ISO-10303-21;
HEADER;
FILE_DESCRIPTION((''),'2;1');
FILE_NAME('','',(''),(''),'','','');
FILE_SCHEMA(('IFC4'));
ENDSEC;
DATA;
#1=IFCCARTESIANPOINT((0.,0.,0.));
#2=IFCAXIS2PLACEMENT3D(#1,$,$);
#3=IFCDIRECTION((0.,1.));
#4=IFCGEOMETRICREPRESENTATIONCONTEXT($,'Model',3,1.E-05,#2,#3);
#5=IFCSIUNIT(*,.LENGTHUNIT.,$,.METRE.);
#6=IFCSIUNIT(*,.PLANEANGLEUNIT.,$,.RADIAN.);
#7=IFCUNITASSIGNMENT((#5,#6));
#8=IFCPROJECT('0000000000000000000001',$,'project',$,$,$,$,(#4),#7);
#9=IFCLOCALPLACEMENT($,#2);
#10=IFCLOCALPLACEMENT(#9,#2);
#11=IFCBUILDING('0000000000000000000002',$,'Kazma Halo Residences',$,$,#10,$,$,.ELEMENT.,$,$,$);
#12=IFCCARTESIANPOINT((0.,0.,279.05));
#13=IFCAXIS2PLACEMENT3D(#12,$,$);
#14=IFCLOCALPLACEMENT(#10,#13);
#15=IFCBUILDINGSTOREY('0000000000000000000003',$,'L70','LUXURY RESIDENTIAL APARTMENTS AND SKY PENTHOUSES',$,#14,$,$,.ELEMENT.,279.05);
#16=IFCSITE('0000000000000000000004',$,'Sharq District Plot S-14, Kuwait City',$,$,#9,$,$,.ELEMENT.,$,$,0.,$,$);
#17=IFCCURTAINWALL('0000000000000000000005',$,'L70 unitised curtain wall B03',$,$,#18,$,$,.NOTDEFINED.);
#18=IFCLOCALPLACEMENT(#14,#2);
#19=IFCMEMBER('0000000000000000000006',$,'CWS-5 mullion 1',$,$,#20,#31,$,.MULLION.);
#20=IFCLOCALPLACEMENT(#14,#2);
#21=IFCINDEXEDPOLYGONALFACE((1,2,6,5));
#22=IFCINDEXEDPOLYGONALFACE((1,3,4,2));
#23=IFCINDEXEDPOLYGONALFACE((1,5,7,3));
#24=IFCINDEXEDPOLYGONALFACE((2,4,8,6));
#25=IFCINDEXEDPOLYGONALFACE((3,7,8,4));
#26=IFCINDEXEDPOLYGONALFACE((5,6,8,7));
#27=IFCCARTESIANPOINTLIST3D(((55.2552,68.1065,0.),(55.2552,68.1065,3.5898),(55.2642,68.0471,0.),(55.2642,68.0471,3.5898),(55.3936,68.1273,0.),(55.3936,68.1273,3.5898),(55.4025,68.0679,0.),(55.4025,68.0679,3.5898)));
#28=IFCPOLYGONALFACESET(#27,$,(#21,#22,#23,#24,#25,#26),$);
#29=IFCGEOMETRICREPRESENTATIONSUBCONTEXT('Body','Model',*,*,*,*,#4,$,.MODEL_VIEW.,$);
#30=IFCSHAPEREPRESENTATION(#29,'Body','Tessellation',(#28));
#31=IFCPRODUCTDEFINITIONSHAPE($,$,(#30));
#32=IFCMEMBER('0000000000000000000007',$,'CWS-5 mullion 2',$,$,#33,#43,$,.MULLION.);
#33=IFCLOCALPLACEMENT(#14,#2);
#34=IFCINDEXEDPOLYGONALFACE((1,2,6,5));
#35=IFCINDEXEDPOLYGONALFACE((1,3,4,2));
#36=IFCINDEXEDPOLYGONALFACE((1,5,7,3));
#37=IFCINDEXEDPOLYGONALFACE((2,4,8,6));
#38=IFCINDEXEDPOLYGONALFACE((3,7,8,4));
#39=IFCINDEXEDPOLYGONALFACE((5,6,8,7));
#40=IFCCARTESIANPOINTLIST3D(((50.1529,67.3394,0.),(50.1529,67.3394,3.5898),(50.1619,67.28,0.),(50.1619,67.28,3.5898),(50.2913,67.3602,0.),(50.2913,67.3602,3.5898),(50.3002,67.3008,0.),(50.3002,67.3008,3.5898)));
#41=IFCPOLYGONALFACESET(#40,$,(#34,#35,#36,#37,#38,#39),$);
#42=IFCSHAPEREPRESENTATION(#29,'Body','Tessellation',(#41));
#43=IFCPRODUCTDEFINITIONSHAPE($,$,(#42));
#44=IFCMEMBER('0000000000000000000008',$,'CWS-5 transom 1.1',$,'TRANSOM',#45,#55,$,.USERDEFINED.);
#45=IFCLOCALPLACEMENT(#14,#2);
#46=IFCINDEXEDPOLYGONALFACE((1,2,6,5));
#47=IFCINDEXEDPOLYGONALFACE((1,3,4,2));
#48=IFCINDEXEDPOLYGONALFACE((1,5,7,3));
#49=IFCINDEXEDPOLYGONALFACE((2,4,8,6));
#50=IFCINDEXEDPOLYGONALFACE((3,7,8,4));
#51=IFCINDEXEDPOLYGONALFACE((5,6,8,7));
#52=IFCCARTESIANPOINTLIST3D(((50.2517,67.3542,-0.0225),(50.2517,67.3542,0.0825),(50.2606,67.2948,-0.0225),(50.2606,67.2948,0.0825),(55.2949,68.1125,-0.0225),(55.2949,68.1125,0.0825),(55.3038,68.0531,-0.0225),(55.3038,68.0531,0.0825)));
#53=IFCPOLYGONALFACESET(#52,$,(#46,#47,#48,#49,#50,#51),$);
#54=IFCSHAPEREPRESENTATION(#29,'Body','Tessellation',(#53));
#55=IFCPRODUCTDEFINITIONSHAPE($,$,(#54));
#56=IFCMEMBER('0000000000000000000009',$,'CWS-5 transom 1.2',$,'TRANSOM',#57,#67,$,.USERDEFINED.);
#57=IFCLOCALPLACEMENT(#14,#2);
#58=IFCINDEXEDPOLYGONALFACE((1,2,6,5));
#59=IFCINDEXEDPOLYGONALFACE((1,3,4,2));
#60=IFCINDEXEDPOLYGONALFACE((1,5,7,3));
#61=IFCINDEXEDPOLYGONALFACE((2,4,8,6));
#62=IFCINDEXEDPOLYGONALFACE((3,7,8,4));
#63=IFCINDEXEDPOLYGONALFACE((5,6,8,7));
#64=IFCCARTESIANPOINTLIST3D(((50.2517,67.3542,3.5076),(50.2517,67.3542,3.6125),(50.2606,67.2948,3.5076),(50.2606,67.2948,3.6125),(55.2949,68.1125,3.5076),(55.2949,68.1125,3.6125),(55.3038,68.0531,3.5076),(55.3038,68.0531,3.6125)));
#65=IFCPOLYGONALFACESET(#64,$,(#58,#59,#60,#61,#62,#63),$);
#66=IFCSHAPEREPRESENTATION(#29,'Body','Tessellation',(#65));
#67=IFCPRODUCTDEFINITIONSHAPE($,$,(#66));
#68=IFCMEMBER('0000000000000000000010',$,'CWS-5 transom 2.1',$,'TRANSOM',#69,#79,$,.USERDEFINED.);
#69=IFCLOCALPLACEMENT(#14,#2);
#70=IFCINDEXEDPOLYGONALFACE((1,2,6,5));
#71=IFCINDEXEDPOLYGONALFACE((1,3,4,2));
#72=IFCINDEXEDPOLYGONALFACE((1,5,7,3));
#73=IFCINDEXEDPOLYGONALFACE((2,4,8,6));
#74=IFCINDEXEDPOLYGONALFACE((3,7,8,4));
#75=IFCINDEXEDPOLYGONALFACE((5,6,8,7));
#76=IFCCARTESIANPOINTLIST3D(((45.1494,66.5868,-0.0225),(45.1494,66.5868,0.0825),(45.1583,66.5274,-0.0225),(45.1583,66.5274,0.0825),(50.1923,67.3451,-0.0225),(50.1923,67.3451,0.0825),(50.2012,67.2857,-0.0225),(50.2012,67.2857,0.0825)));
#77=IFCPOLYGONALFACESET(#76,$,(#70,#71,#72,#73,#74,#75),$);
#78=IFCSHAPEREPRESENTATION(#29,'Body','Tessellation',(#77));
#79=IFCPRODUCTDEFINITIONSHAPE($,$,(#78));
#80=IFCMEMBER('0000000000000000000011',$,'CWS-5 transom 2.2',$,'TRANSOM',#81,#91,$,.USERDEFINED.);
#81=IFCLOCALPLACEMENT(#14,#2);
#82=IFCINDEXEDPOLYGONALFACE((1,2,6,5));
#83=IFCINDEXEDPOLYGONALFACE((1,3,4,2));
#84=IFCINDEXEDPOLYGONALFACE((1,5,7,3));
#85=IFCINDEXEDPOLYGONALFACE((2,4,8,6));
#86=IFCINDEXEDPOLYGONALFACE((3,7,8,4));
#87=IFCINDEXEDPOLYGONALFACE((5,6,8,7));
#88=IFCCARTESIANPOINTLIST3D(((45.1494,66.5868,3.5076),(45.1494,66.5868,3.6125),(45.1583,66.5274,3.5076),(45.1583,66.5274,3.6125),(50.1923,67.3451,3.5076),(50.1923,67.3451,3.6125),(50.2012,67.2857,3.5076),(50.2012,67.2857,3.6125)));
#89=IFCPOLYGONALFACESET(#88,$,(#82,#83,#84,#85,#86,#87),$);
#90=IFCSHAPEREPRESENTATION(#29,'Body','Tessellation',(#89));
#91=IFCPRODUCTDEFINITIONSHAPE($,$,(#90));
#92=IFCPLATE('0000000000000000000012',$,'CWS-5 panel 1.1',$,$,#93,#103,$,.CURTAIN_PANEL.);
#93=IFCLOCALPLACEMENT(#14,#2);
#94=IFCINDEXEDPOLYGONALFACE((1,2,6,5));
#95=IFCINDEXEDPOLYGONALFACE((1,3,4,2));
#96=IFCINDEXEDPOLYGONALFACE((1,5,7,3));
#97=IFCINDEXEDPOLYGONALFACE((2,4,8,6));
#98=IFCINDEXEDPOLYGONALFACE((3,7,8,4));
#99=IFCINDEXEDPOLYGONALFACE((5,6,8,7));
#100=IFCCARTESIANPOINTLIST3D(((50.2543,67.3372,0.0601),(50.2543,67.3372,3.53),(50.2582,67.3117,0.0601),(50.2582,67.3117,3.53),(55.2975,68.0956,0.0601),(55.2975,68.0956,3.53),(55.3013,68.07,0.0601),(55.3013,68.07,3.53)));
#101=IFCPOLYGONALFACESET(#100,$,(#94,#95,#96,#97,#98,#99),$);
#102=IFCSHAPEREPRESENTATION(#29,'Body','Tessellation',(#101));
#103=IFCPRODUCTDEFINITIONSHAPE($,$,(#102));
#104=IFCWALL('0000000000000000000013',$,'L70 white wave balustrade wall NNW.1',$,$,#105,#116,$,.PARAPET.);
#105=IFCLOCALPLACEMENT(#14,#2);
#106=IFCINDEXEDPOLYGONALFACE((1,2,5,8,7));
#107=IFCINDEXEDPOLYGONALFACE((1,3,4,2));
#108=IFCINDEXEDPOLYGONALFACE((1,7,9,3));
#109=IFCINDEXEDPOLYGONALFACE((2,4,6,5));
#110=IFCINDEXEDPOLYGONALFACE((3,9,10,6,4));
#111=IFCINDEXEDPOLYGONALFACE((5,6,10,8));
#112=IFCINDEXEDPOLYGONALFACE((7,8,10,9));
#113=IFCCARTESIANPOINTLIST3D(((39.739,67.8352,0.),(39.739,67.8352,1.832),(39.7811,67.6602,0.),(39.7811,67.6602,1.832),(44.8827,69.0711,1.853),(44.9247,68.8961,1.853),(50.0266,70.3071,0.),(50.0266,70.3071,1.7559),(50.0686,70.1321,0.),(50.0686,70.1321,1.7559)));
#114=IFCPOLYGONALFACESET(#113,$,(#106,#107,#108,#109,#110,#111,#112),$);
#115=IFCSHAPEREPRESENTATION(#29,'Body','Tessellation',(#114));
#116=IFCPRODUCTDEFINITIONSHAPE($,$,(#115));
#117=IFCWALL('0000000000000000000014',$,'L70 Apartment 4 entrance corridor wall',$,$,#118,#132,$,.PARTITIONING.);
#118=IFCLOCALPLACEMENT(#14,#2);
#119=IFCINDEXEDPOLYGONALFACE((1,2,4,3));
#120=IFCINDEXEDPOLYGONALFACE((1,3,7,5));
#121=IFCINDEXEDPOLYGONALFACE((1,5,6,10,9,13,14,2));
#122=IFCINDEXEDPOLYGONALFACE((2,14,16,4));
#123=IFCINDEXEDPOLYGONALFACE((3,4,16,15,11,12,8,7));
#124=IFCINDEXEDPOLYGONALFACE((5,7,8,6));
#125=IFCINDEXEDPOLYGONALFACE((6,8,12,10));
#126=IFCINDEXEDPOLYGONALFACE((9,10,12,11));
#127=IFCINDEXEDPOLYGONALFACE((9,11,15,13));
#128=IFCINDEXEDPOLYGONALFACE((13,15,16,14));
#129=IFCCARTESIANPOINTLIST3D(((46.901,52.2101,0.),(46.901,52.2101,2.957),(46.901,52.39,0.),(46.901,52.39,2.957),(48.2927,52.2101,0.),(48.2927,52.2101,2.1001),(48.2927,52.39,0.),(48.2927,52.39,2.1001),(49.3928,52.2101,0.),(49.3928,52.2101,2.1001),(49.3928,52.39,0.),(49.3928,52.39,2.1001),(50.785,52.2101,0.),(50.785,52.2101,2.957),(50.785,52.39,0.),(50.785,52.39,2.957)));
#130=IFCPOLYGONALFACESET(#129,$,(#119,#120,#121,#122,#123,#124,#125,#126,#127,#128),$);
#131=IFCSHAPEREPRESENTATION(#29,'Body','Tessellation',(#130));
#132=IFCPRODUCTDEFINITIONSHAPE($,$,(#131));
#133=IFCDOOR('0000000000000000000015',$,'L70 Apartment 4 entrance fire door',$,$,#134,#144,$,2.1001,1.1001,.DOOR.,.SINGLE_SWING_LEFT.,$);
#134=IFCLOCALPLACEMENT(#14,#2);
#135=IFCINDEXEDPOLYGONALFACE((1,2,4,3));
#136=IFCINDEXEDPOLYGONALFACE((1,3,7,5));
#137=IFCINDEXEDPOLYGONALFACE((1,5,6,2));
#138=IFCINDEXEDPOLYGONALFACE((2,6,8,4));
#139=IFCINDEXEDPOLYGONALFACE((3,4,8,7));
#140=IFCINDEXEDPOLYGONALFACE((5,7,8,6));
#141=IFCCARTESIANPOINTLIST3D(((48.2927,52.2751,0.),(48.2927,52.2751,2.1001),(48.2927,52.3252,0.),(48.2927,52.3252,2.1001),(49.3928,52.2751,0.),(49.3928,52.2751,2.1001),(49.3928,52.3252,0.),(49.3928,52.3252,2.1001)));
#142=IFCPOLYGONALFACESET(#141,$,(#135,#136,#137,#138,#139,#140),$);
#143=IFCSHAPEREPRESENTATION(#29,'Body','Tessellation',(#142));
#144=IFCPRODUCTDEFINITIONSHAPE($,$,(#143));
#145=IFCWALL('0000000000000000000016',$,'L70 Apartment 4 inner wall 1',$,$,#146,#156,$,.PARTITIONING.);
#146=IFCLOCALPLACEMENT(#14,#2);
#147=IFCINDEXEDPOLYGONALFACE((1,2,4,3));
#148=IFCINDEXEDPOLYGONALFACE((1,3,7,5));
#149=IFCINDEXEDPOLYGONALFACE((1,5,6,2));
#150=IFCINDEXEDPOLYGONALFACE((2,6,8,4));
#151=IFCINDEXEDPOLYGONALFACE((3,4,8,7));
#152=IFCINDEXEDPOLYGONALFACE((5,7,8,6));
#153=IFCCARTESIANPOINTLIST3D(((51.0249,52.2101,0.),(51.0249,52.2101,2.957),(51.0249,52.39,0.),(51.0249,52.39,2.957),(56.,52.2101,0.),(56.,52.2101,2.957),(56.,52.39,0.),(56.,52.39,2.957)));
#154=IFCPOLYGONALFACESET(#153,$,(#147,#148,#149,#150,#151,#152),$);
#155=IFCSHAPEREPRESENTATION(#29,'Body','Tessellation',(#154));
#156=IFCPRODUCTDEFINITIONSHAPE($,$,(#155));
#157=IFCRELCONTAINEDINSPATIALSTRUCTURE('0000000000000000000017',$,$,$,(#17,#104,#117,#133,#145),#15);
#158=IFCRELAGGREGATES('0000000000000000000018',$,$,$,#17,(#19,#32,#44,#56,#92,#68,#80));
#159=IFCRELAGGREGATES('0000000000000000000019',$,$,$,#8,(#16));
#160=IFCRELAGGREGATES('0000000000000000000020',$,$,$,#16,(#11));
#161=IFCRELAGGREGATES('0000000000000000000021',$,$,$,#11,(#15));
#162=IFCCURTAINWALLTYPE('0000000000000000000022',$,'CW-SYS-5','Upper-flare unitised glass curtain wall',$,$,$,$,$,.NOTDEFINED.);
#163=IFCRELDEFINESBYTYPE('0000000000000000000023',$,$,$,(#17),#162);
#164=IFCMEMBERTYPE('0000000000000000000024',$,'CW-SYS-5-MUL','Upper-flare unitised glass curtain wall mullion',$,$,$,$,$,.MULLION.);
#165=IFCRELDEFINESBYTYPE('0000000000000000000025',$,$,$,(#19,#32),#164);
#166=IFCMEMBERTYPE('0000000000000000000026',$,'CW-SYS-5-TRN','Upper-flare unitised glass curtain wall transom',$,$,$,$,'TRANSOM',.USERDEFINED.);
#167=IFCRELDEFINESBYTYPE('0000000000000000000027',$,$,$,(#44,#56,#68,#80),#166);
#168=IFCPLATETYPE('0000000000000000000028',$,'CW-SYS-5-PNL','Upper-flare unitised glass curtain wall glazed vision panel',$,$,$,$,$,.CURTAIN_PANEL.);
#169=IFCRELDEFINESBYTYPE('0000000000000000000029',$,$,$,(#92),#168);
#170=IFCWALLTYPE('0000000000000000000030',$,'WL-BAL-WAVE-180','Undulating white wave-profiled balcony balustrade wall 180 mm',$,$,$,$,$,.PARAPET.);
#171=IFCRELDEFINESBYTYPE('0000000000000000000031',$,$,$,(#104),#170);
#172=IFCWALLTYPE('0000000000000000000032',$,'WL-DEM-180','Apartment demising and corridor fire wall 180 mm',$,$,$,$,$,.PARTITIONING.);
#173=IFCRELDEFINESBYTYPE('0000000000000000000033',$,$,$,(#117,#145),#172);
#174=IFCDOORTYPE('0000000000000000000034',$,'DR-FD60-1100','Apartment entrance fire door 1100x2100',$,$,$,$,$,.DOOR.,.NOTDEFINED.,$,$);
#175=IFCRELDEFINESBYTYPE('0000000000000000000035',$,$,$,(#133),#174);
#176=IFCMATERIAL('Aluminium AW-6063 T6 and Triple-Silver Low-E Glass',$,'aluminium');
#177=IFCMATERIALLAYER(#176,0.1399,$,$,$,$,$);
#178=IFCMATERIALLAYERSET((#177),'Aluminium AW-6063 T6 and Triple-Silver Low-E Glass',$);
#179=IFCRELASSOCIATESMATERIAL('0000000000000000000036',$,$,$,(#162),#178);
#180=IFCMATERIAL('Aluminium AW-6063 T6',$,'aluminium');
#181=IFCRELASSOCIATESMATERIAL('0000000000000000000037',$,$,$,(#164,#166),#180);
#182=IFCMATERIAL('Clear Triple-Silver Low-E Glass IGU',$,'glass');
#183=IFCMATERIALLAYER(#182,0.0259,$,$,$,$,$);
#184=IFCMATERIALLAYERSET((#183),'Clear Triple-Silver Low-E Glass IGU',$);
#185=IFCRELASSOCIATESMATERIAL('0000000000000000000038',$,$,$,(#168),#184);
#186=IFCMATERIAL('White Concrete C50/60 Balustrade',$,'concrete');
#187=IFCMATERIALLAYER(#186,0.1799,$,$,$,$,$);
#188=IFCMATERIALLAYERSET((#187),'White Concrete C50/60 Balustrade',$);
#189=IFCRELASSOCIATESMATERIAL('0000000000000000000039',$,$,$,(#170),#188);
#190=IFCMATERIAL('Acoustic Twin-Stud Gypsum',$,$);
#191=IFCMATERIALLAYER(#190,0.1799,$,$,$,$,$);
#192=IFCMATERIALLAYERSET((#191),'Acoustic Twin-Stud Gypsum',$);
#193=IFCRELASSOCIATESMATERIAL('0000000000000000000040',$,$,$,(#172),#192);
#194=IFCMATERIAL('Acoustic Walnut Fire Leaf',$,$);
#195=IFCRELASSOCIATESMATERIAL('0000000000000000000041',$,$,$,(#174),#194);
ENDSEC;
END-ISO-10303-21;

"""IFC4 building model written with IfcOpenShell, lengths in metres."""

from ifc_helpers import new_model, si_unit, direction, frame, frame_2d, origin, origin_2d, place, context, subcontext, project, spatial, polyline, rectangle, outline, extrude, material, layer, layer_set, material_profile, profile_set, type_object, element, fill, aggregate, save


model = new_model("IFC4")

# Units and contexts
model_context = context("Model", 3, precision=1e-05, world=origin(), true_north=direction((0.0, 1.0)))
body_context = subcontext(model_context, "Body", "Model", "MODEL_VIEW")
ifc_project = project(units=[si_unit("LENGTHUNIT", "METRE"), si_unit("PLANEANGLEUNIT", "RADIAN")], contexts=[model_context])

# Site, building, storey
site_placement = place(None, origin())
site = spatial("IfcSite", under=ifc_project, at=site_placement, Name="Sharq District Plot S-14, Kuwait City", CompositionType="ELEMENT", RefElevation=0.0)
building_placement = place(site_placement, origin())
building = spatial("IfcBuilding", under=site, at=building_placement, Name="Kazma Halo Residences", CompositionType="ELEMENT")
storey_placement = place(building_placement, frame((0.0, 0.0, 279.05)))
storey = spatial("IfcBuildingStorey", under=building, at=storey_placement, Name="L70", Description="LUXURY RESIDENTIAL APARTMENTS AND SKY PENTHOUSES", CompositionType="ELEMENT", Elevation=279.05)

# Curtain wall, members, plate
ifc_material_1 = material(Name="Aluminium AW-6063 T6 and Triple-Silver Low-E Glass", Category="aluminium")
ifc_layer_1 = layer(ifc_material_1, 0.1399)
ifc_layer_set_1 = layer_set([ifc_layer_1], Name="Aluminium AW-6063 T6 and Triple-Silver Low-E Glass")
curtain_wall_type = type_object("IfcCurtainWallType", Name="CW-SYS-5", Description="Upper-flare unitised glass curtain wall", PredefinedType="NOTDEFINED", material=ifc_layer_set_1)
curtain_wall_placement = place(storey_placement, origin())
curtain_wall = element("IfcCurtainWall", 1, at=curtain_wall_placement, inside=storey, type_object=curtain_wall_type, Name="L70 unitised curtain wall B03", PredefinedType="NOTDEFINED")
ifc_material_2 = material(Name="Aluminium AW-6063 T6", Category="aluminium")
ifc_material_profile_1 = material_profile(ifc_material_2, rectangle(XDim=0.0601, YDim=0.1399, at=origin_2d()), Name="CWM-60x140")
ifc_profile_set_1 = profile_set([ifc_material_profile_1], Name="Aluminium AW-6063 T6")
member_type_1 = type_object("IfcMemberType", Name="CW-SYS-5-MUL", Description="Upper-flare unitised glass curtain wall mullion", PredefinedType="MULLION", material=ifc_profile_set_1)
member_1_placement = place(storey_placement, frame((55.3289, 68.0872, 0.0), z_axis=(0.0, 0.0, 1.0), x_axis=(0.148697, -0.988883, 0.0)))
member_1 = element("IfcMember", 2, at=member_1_placement, type_object=member_type_1, Name="CWS-5 mullion 1", PredefinedType="MULLION", context=body_context, shape_type="SweptSolid", body=[
    extrude(rectangle(XDim=0.0601, YDim=0.1399, at=origin_2d()), origin(), (0.0, 0.0, 1.0), 3.5898),
])
member_2_placement = place(storey_placement, frame((50.2266, 67.3201, 0.0), z_axis=(0.0, 0.0, 1.0), x_axis=(0.148697, -0.988883, 0.0)))
member_2 = element("IfcMember", 3, at=member_2_placement, type_object=member_type_1, Name="CWS-5 mullion 2", PredefinedType="MULLION", context=body_context, shape_type="SweptSolid", body=[
    extrude(rectangle(XDim=0.0601, YDim=0.1399, at=origin_2d()), origin(), (0.0, 0.0, 1.0), 3.5898),
])
ifc_material_profile_2 = material_profile(ifc_material_2, rectangle(XDim=0.0601, YDim=0.105, at=origin_2d()), Name="CWT-60x105")
ifc_profile_set_2 = profile_set([ifc_material_profile_2], Name="Aluminium AW-6063 T6")
member_type_2 = type_object("IfcMemberType", Name="CW-SYS-5-TRN", Description="Upper-flare unitised glass curtain wall transom", ElementType="TRANSOM", PredefinedType="USERDEFINED", material=ifc_profile_set_2)
member_3_placement = place(storey_placement, frame((55.2993, 68.0828, 0.03), z_axis=(-0.988884, -0.148689, 0.0), x_axis=(0.148689, -0.988884, 0.0)))
member_3 = element("IfcMember", 4, at=member_3_placement, type_object=member_type_2, Name="CWS-5 transom 1.1", ObjectType="TRANSOM", PredefinedType="USERDEFINED", context=body_context, shape_type="SweptSolid", body=[
    extrude(rectangle(XDim=0.0601, YDim=0.105, at=origin_2d()), origin(), (0.0, 0.0, 1.0), 5.0999),
])
member_4_placement = place(storey_placement, frame((55.2993, 68.0828, 3.5601), z_axis=(-0.988884, -0.148689, 0.0), x_axis=(0.148689, -0.988884, 0.0)))
member_4 = element("IfcMember", 5, at=member_4_placement, type_object=member_type_2, Name="CWS-5 transom 1.2", ObjectType="TRANSOM", PredefinedType="USERDEFINED", context=body_context, shape_type="SweptSolid", body=[
    extrude(rectangle(XDim=0.0601, YDim=0.105, at=origin_2d()), origin(), (0.0, 0.0, 1.0), 5.0999),
])
member_5_placement = place(storey_placement, frame((50.1968, 67.3154, 0.03), z_axis=(-0.988883, -0.148696, 0.0), x_axis=(0.148696, -0.988883, 0.0)))
member_5 = element("IfcMember", 6, at=member_5_placement, type_object=member_type_2, Name="CWS-5 transom 2.1", ObjectType="TRANSOM", PredefinedType="USERDEFINED", context=body_context, shape_type="SweptSolid", body=[
    extrude(rectangle(XDim=0.0601, YDim=0.105, at=origin_2d()), origin(), (0.0, 0.0, 1.0), 5.0996),
])
member_6_placement = place(storey_placement, frame((50.1968, 67.3154, 3.5601), z_axis=(-0.988883, -0.148696, 0.0), x_axis=(0.148696, -0.988883, 0.0)))
member_6 = element("IfcMember", 7, at=member_6_placement, type_object=member_type_2, Name="CWS-5 transom 2.2", ObjectType="TRANSOM", PredefinedType="USERDEFINED", context=body_context, shape_type="SweptSolid", body=[
    extrude(rectangle(XDim=0.0601, YDim=0.105, at=origin_2d()), origin(), (0.0, 0.0, 1.0), 5.0996),
])
ifc_material_3 = material(Name="Clear Triple-Silver Low-E Glass IGU", Category="glass")
ifc_layer_2 = layer(ifc_material_3, 0.0259)
ifc_layer_set_2 = layer_set([ifc_layer_2], Name="Clear Triple-Silver Low-E Glass IGU")
plate_type = type_object("IfcPlateType", Name="CW-SYS-5-PNL", Description="Upper-flare unitised glass curtain wall glazed vision panel", PredefinedType="CURTAIN_PANEL", material=ifc_layer_set_2)
plate_placement = place(storey_placement, frame((52.7778, 67.7036, 0.0601), z_axis=(0.0, 0.0, 1.0), x_axis=(-0.988883, -0.148697, 0.0)))
plate = element("IfcPlate", 8, at=plate_placement, type_object=plate_type, Name="CWS-5 panel 1.1", PredefinedType="CURTAIN_PANEL", context=body_context, shape_type="SweptSolid", body=[
    extrude(rectangle(XDim=5.0999, YDim=0.0259, at=origin_2d()), origin(), (0.0, 0.0, 1.0), 3.47),
])
aggregate(curtain_wall, [member_1, member_2, member_3, member_4, plate, member_5, member_6])

# Wall
ifc_material_4 = material(Name="White Concrete C50/60 Balustrade", Category="concrete")
ifc_layer_3 = layer(ifc_material_4, 0.1799)
ifc_layer_set_3 = layer_set([ifc_layer_3], Name="White Concrete C50/60 Balustrade")
wall_type_1 = type_object("IfcWallType", Name="WL-BAL-WAVE-180", Description="Undulating white wave-profiled balcony balustrade wall 180 mm", PredefinedType="PARAPET", material=ifc_layer_set_3)
wall_1_placement = place(storey_placement, frame((50.0476, 70.2195, 0.0), z_axis=(0.0, 0.0, 1.0), x_axis=(-0.972325, -0.233632, 0.0)))
element("IfcWall", 9, at=wall_1_placement, inside=storey, type_object=wall_type_1, Name="L70 white wave balustrade wall NNW.1", PredefinedType="PARAPET", context=body_context, shape_type="SweptSolid", body=[
    extrude(outline(polyline([(0.0, 0.0), (10.5803, 0.0), (10.5803, 1.832), (5.2903, 1.853), (0.0, 1.7559), (0.0, 0.0)])), frame((0.0, 0.0898, 0.0), z_axis=(0.0, -1.0, 0.0), x_axis=(1.0, 0.0, 0.0)), (0.0, 0.0, 1.0), 0.1799),
])

# Wall, opening, door
ifc_material_5 = material(Name="Acoustic Twin-Stud Gypsum")
ifc_layer_4 = layer(ifc_material_5, 0.1799)
ifc_layer_set_4 = layer_set([ifc_layer_4], Name="Acoustic Twin-Stud Gypsum")
wall_type_2 = type_object("IfcWallType", Name="WL-DEM-180", Description="Apartment demising and corridor fire wall 180 mm", PredefinedType="PARTITIONING", material=ifc_layer_set_4)
wall_2_placement = place(storey_placement, frame((50.7849, 52.3, 0.0), z_axis=(0.0, 0.0, 1.0), x_axis=(-1.0, 0.0, 0.0)))
wall_2 = element("IfcWall", 10, at=wall_2_placement, inside=storey, type_object=wall_type_2, Name="L70 Apartment 4 entrance corridor wall", PredefinedType="PARTITIONING", context=body_context, shape_type="SweptSolid", body=[
    extrude(rectangle(XDim=3.884, YDim=0.1799, at=frame_2d((1.9419, 0.0))), origin(), (0.0, 0.0, 1.0), 2.957),
])
opening_1_placement = place(wall_2_placement, frame((1.3921, 0.0, 0.0)))
opening_1 = element("IfcOpeningElement", 11, at=opening_1_placement, cuts=wall_2, PredefinedType="OPENING", context=body_context, shape_type="SweptSolid", body=[
    extrude(rectangle(XDim=1.1001, YDim=2.1001, at=frame_2d((0.55, 1.05))), frame((0.0, 0.0999, 0.0), z_axis=(0.0, -1.0, 0.0), x_axis=(1.0, 0.0, 0.0)), (0.0, 0.0, 1.0), 0.2),
])
ifc_material_6 = material(Name="Acoustic Walnut Fire Leaf")
door_type_1 = type_object("IfcDoorType", Name="DR-FD60-1100", Description="Apartment entrance fire door 1100x2100", OperationType="NOTDEFINED", PredefinedType="DOOR", material=ifc_material_6)
door_1_placement = place(opening_1_placement, origin())
door_1 = element("IfcDoor", 12, at=door_1_placement, inside=storey, type_object=door_type_1, Name="L70 Apartment 4 entrance fire door", OperationType="SINGLE_SWING_LEFT", OverallHeight=2.1001, OverallWidth=1.1001, PredefinedType="DOOR", context=body_context, shape_type="SweptSolid", body=[
    extrude(rectangle(XDim=1.1001, YDim=2.1001, at=frame_2d((0.55, 1.05))), frame((0.0, 0.0249, 0.0), z_axis=(0.0, -1.0, 0.0), x_axis=(1.0, 0.0, 0.0)), (0.0, 0.0, 1.0), 0.05),
])
fill(opening_1, door_1)

# Wall
wall_3_placement = place(storey_placement, frame((56.0, 52.3, 0.0), z_axis=(0.0, 0.0, 1.0), x_axis=(-1.0, 0.0, 0.0)))
element("IfcWall", 13, at=wall_3_placement, inside=storey, type_object=wall_type_2, Name="L70 Apartment 4 inner wall 1", PredefinedType="PARTITIONING", context=body_context, shape_type="SweptSolid", body=[
    extrude(rectangle(XDim=4.9751, YDim=0.1799, at=frame_2d((2.4875, 0.0))), origin(), (0.0, 0.0, 1.0), 2.957),
])

save(model, "model.ifc")
